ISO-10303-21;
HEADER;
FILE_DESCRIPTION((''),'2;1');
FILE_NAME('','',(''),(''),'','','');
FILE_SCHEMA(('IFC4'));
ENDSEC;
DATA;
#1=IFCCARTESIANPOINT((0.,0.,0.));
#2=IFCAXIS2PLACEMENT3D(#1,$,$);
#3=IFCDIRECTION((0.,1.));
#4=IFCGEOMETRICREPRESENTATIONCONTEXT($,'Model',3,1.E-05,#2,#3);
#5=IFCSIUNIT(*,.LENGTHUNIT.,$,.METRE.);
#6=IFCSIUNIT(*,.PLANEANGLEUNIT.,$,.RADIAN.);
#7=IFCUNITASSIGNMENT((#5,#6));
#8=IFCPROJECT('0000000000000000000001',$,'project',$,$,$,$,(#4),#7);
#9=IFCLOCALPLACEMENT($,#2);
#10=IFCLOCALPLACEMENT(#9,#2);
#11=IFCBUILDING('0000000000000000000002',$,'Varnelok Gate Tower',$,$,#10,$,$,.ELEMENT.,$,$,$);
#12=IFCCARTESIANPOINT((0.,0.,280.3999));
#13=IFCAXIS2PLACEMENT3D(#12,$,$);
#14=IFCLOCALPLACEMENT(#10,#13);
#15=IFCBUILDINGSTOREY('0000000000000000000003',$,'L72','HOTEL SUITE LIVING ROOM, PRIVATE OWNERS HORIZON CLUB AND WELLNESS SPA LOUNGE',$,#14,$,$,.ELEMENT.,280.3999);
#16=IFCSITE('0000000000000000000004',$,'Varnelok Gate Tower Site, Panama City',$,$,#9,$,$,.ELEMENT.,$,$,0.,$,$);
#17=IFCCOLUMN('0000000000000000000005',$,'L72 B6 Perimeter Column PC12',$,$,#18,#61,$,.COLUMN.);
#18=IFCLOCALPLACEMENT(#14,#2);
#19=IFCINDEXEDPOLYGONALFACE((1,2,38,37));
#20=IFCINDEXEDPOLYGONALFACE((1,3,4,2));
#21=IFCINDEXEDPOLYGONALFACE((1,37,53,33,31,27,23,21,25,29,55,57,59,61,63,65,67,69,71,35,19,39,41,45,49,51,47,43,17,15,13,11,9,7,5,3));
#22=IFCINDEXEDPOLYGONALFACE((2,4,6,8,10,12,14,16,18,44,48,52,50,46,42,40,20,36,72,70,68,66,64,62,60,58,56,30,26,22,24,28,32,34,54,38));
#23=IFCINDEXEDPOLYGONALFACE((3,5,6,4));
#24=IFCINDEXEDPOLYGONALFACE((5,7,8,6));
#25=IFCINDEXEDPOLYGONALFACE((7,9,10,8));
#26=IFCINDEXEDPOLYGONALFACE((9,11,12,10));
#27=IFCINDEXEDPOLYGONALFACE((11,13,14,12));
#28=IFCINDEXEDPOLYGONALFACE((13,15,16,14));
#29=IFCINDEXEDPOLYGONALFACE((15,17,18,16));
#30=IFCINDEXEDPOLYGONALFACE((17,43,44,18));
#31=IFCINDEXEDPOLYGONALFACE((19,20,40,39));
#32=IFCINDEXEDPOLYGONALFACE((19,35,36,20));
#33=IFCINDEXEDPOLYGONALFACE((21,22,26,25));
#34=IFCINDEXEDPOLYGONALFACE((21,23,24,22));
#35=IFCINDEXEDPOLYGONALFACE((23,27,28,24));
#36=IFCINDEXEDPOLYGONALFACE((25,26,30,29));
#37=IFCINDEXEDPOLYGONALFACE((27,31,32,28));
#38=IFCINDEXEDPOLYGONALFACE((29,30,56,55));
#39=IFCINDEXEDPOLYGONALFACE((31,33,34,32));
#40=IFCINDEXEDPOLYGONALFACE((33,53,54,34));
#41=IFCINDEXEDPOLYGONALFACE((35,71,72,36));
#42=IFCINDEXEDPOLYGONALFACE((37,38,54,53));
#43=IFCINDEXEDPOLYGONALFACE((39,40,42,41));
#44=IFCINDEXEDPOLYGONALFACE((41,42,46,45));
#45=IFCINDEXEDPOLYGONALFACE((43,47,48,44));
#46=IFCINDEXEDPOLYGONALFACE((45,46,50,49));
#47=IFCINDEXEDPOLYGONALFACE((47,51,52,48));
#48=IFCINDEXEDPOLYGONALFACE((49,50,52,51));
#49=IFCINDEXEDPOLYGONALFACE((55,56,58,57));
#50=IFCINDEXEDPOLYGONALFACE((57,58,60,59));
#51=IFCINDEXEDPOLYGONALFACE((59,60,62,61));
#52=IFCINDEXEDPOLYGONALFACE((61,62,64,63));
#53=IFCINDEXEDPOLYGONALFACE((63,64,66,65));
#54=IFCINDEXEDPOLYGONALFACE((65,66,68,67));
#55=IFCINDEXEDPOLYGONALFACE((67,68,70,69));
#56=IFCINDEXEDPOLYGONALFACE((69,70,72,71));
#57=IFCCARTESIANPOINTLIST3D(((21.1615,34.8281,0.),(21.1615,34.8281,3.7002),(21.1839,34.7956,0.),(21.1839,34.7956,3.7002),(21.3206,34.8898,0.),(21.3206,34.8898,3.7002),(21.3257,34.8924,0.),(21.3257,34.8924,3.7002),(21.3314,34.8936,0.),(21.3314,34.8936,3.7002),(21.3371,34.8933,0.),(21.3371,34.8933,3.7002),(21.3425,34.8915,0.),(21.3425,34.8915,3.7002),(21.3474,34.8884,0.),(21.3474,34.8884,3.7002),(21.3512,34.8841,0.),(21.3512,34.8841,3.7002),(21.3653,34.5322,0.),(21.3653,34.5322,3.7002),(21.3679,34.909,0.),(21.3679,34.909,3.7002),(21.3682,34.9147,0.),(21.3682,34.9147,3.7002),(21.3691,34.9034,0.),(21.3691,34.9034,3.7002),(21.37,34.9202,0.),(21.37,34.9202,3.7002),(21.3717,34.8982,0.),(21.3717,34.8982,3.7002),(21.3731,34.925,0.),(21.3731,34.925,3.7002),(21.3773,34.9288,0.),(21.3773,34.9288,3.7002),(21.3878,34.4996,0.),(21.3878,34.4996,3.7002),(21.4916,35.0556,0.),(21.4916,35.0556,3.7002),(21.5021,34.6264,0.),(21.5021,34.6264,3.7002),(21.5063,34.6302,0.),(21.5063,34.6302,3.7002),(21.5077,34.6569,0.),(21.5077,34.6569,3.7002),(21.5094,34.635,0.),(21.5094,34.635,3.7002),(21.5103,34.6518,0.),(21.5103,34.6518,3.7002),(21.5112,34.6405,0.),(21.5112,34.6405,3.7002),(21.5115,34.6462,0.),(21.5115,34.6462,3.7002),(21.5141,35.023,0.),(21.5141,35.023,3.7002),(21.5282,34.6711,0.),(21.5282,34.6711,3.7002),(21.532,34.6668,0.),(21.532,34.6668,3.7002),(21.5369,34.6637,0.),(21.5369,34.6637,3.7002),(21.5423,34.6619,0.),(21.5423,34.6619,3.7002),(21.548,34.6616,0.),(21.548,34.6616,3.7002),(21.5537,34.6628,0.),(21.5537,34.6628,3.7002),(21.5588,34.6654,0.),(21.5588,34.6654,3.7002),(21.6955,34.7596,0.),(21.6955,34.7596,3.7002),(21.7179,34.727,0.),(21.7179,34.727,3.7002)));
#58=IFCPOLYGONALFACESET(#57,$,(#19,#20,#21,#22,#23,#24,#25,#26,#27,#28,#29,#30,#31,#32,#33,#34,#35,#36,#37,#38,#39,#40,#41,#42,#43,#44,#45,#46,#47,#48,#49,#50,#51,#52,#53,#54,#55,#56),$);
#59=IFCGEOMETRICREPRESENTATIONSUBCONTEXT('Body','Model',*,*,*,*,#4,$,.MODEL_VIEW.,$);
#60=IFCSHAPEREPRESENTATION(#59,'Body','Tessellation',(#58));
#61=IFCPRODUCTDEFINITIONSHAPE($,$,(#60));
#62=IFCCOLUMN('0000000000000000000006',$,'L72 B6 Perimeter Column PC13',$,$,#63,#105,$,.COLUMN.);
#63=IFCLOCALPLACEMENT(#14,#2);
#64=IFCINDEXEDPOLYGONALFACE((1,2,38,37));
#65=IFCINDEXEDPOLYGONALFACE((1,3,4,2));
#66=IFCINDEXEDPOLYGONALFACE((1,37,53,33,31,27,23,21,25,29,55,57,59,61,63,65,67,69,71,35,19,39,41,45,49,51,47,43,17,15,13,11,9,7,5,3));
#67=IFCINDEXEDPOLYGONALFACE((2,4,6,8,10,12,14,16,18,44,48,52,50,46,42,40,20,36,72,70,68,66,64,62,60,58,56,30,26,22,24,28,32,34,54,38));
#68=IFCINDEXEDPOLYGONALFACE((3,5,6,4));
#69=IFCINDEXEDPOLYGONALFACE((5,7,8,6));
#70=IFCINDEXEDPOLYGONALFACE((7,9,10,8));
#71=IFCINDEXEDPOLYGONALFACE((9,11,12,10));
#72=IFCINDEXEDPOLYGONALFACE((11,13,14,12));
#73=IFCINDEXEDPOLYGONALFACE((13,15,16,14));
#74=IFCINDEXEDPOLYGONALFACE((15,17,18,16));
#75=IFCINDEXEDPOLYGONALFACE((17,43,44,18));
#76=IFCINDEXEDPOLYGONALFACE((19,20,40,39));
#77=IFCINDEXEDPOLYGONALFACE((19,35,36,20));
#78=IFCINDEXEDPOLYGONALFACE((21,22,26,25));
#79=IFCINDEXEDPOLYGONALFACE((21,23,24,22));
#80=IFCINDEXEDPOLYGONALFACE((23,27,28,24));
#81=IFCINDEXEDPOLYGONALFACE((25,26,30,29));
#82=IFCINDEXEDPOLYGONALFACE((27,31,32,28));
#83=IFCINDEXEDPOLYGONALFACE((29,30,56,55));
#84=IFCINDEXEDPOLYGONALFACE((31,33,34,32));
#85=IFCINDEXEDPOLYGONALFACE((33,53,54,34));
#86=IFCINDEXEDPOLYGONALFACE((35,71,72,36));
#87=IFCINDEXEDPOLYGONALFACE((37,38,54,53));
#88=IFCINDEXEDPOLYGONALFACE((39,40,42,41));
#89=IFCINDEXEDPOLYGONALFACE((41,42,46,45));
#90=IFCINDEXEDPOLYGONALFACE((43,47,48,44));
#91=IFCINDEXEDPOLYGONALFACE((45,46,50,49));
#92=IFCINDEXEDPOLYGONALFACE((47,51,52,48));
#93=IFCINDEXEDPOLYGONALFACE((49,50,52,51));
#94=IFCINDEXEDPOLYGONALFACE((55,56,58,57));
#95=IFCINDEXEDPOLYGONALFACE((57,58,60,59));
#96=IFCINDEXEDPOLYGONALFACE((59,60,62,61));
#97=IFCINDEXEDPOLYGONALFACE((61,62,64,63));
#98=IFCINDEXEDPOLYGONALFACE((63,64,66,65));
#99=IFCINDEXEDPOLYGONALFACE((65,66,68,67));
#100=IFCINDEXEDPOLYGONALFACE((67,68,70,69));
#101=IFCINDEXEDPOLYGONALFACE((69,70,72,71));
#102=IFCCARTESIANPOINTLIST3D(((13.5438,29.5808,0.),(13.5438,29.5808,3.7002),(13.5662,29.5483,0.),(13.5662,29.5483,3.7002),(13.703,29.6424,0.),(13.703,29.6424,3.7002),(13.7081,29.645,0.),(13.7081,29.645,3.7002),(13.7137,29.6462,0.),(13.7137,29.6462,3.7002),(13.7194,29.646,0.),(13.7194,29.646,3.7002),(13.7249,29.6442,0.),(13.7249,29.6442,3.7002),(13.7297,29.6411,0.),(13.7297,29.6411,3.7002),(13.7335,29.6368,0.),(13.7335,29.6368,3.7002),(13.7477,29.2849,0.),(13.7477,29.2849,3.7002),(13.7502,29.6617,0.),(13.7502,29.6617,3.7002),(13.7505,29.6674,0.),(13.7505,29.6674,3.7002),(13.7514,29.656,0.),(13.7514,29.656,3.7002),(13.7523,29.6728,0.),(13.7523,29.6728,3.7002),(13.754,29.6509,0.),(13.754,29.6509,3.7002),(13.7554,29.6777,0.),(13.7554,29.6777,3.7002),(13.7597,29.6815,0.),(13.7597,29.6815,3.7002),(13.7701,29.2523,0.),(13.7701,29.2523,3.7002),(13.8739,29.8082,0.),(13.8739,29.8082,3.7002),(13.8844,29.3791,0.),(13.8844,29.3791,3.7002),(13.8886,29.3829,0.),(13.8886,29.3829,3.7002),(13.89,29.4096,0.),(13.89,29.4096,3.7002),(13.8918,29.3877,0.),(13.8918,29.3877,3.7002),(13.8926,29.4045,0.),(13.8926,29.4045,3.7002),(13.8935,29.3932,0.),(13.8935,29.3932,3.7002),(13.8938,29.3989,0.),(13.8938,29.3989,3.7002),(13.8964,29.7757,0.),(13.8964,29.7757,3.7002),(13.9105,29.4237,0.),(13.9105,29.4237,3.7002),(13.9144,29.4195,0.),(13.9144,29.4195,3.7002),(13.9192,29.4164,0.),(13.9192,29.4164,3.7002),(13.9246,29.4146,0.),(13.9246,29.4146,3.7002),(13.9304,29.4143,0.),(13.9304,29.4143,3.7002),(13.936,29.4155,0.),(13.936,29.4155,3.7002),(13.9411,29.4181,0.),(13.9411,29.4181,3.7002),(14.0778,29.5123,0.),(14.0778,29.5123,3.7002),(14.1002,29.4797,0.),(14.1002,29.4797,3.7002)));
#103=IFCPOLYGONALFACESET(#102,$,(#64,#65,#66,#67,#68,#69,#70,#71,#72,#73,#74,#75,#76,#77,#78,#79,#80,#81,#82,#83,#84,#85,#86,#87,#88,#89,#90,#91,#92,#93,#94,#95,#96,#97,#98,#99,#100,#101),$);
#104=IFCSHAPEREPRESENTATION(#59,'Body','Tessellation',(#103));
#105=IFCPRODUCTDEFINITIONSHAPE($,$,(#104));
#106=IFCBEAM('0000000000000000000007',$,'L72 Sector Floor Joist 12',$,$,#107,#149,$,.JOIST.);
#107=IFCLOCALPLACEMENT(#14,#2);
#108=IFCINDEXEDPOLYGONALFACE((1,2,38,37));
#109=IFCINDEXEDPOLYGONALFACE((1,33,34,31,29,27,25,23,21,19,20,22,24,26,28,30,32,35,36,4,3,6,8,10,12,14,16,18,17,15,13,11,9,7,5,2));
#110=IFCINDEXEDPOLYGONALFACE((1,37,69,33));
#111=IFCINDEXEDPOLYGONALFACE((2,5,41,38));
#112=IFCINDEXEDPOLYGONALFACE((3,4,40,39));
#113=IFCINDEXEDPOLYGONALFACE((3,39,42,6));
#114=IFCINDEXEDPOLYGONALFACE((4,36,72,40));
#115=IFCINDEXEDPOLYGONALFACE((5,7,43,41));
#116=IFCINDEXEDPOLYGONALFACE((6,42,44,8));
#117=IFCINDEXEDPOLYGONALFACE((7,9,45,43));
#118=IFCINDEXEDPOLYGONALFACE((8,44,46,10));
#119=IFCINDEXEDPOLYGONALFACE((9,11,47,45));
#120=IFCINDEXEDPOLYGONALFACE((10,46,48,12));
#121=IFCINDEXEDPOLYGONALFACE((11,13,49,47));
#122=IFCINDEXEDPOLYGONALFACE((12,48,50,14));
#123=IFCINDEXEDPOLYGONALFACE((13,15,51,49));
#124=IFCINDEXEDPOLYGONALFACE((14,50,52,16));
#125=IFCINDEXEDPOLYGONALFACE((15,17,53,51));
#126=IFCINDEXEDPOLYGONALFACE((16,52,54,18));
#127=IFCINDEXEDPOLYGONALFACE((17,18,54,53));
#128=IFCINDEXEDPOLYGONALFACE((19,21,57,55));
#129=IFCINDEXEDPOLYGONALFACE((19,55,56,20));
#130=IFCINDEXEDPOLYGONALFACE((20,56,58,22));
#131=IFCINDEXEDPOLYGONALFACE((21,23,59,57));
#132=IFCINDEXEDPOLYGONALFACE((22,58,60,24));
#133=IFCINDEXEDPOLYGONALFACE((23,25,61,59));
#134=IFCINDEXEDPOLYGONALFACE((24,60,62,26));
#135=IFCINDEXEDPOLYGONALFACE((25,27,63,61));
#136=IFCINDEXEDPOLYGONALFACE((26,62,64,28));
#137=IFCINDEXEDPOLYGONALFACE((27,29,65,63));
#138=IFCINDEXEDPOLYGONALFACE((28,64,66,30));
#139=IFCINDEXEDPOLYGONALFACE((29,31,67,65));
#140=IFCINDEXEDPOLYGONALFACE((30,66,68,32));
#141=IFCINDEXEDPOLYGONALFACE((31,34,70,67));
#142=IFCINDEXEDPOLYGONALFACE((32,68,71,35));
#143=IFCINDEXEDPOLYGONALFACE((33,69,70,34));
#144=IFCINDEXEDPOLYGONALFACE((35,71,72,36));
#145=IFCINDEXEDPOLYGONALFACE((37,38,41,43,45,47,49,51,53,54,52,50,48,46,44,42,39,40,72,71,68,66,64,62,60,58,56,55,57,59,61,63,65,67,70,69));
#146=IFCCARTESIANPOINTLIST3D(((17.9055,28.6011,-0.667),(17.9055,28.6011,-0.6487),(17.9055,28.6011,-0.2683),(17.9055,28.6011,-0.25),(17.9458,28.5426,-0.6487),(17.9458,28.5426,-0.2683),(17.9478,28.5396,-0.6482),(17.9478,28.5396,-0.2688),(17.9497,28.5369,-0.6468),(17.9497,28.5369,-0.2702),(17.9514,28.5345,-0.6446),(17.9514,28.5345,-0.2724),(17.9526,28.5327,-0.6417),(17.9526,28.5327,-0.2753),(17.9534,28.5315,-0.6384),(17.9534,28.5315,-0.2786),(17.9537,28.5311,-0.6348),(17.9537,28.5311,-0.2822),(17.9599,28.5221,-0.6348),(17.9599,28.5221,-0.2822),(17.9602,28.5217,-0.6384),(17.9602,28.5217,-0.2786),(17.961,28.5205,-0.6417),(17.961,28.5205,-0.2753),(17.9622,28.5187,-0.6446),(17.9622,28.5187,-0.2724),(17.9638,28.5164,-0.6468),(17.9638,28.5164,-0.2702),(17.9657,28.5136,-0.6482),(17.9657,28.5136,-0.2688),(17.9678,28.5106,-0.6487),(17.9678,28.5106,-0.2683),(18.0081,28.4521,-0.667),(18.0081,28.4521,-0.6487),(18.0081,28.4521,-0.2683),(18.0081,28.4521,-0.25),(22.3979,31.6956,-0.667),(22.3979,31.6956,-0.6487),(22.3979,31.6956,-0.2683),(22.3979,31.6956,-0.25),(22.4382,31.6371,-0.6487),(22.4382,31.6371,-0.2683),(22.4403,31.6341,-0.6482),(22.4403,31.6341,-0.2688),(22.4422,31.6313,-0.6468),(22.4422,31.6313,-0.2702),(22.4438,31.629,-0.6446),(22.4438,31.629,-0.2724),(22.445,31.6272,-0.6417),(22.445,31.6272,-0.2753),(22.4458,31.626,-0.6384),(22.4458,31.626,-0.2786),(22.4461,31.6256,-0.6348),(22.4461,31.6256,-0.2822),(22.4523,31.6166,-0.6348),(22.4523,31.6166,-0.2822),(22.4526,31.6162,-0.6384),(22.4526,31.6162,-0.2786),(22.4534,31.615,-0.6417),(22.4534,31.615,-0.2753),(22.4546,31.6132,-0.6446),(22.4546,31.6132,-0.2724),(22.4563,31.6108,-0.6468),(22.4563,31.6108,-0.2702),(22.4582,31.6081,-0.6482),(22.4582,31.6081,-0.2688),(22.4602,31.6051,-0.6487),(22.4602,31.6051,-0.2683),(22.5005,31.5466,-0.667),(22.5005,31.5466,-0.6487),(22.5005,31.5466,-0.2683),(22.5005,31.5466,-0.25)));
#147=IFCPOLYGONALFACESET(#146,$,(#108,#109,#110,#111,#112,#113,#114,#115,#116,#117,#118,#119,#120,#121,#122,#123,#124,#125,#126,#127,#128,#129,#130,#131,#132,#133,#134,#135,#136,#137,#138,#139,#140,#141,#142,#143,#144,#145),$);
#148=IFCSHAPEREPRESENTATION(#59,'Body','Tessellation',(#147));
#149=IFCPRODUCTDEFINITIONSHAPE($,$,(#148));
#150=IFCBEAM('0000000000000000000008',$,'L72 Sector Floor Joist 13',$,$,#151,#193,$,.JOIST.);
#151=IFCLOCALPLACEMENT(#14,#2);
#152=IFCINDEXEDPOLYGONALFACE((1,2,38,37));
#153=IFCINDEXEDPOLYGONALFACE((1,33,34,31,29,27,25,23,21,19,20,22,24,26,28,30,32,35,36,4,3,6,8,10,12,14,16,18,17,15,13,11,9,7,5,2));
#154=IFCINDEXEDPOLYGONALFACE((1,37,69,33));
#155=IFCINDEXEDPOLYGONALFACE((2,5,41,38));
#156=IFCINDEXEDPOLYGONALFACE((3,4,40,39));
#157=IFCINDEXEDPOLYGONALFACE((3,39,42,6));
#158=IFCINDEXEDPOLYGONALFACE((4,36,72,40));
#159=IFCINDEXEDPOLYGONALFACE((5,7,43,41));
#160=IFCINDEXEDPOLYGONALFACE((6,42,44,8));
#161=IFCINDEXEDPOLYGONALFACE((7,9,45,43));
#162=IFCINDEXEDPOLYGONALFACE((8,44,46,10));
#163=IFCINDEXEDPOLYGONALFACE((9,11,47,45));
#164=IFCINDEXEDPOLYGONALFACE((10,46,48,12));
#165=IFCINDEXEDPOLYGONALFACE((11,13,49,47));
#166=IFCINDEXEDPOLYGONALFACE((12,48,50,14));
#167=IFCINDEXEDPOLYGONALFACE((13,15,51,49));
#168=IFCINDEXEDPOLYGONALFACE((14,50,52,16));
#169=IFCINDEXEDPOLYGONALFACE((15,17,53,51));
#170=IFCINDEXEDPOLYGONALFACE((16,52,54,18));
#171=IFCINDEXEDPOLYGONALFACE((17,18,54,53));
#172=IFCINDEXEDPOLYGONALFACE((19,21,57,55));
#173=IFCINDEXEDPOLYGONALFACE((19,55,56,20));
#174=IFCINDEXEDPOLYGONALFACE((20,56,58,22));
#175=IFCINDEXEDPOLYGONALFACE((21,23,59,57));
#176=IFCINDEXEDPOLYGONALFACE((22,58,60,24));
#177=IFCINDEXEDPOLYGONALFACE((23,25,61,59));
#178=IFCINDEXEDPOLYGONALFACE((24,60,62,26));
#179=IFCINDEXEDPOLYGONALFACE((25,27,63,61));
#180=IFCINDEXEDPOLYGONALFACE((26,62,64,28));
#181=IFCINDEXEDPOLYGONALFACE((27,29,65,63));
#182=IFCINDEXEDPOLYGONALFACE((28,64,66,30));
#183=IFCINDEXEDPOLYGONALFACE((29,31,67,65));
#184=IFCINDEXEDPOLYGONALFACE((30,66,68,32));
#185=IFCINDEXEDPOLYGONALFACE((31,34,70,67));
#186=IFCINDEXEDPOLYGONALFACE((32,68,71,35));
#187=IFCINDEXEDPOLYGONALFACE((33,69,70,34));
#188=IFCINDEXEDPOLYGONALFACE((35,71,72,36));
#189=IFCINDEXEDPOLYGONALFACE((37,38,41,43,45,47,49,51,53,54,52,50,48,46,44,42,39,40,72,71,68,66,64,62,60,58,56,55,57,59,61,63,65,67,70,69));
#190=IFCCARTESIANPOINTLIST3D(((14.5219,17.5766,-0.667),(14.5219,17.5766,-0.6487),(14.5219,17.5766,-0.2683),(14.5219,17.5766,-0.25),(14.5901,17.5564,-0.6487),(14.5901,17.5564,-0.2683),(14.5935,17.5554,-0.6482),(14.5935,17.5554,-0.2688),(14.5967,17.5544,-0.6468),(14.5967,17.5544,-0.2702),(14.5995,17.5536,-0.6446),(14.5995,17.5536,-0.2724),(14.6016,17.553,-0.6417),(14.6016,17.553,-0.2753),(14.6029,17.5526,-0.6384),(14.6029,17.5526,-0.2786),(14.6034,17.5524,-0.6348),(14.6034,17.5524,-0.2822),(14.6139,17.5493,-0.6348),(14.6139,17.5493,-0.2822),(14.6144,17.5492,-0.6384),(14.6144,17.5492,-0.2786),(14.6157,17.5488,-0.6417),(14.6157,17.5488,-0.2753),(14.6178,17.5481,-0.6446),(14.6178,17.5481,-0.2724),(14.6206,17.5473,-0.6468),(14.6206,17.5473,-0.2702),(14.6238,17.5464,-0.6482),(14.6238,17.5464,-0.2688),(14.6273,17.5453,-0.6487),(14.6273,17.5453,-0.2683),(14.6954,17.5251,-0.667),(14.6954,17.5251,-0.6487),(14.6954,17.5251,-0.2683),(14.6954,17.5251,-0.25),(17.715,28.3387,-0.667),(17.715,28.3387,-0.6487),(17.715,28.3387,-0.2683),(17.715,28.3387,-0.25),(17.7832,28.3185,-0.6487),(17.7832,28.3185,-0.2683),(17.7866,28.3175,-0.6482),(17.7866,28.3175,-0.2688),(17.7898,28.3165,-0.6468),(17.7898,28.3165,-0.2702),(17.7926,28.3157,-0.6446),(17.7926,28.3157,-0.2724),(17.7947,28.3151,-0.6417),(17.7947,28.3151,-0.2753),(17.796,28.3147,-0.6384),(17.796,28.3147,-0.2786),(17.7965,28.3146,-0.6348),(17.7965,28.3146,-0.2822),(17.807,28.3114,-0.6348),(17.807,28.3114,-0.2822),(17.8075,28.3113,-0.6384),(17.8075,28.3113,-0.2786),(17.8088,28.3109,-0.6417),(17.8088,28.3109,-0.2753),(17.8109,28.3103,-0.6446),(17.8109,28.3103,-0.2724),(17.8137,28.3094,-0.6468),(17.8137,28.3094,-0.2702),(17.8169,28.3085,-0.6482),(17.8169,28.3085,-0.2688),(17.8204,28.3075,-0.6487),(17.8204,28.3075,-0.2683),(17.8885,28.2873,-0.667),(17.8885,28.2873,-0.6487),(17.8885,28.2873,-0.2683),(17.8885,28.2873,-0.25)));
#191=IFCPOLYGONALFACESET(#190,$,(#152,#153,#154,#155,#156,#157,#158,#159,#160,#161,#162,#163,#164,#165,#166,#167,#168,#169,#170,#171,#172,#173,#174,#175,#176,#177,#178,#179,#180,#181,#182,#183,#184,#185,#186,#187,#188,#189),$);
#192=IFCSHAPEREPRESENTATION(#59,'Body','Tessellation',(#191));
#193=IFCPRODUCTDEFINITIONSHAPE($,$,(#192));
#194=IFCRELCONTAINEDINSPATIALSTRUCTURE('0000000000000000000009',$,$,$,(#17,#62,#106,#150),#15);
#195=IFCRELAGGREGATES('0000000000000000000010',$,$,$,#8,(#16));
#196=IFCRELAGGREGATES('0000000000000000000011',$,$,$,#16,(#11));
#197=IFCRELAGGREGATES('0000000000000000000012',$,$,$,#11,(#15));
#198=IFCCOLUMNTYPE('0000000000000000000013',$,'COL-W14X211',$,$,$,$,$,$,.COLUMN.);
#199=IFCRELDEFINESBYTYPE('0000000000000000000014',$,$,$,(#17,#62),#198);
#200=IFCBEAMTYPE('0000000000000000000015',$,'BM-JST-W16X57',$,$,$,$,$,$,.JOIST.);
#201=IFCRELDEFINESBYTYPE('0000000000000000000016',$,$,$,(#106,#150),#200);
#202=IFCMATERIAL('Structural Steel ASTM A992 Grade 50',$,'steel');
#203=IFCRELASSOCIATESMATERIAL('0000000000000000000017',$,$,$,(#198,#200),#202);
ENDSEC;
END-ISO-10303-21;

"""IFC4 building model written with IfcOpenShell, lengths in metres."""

from ifc_helpers import new_model, si_unit, direction, frame, origin, origin_2d, place, context, subcontext, project, spatial, i_section, extrude, material, material_profile, profile_set, type_object, element, save


model = new_model("IFC4")

# Units and contexts
model_context = context("Model", 3, precision=1e-05, world=origin(), true_north=direction((0.0, 1.0)))
body_context = subcontext(model_context, "Body", "Model", "MODEL_VIEW")
ifc_project = project(units=[si_unit("LENGTHUNIT", "METRE"), si_unit("PLANEANGLEUNIT", "RADIAN")], contexts=[model_context])

# Site, building, storey
site_placement = place(None, origin())
site = spatial("IfcSite", under=ifc_project, at=site_placement, Name="Varnelok Gate Tower Site, Panama City", CompositionType="ELEMENT", RefElevation=0.0)
building_placement = place(site_placement, origin())
building = spatial("IfcBuilding", under=site, at=building_placement, Name="Varnelok Gate Tower", CompositionType="ELEMENT")
storey_placement = place(building_placement, frame((0.0, 0.0, 280.3999)))
storey = spatial("IfcBuildingStorey", under=building, at=storey_placement, Name="L72", Description="HOTEL SUITE LIVING ROOM, PRIVATE OWNERS HORIZON CLUB AND WELLNESS SPA LOUNGE", CompositionType="ELEMENT", Elevation=280.3999)

# Columns
ifc_material_1 = material(Name="Structural Steel ASTM A992 Grade 50", Category="steel")
ifc_material_profile_1 = material_profile(ifc_material_1, i_section(OverallWidth=0.4009, OverallDepth=0.3989, WebThickness=0.0249, FlangeThickness=0.0396, FilletRadius=0.022, at=origin_2d()), Name="W14X211")
ifc_profile_set_1 = profile_set([ifc_material_profile_1], Name="Structural Steel ASTM A992 Grade 50")
column_type = type_object("IfcColumnType", Name="COL-W14X211", PredefinedType="COLUMN", material=ifc_profile_set_1)
for number, where, z_axis, x_axis, name in (
    (1, (21.4397, 34.7776, 0.0), (0.0, 0.0, 1.0), (0.823533, 0.567269, 0.0), "L72 B6 Perimeter Column PC12"),
    (2, (13.822, 29.5303, 0.0), (0.0, 0.0, 1.0), (0.823533, 0.567269, 0.0), "L72 B6 Perimeter Column PC13"),
):
    element("IfcColumn", number, at=place(storey_placement, frame(where, z_axis=z_axis, x_axis=x_axis)), inside=storey, type_object=column_type, Name=name, PredefinedType="COLUMN", context=body_context, shape_type="SweptSolid", body=[
        extrude(i_section(OverallWidth=0.4009, OverallDepth=0.3989, WebThickness=0.0249, FlangeThickness=0.0396, FilletRadius=0.022, at=origin_2d()), origin(), (0.0, 0.0, 1.0), 3.7002),
    ])

# Beams
ifc_material_profile_2 = material_profile(ifc_material_1, i_section(OverallWidth=0.1809, OverallDepth=0.417, WebThickness=0.011, FlangeThickness=0.0183, FilletRadius=0.0139, at=origin_2d()), Name="W16X57")
ifc_profile_set_2 = profile_set([ifc_material_profile_2], Name="Structural Steel ASTM A992 Grade 50")
beam_type_1 = type_object("IfcBeamType", Name="BM-JST-W16X57", PredefinedType="JOIST", material=ifc_profile_set_2)
beam_1_placement = place(storey_placement, frame((22.4492, 31.6211, -0.4585), z_axis=(-0.823534, -0.567267, 0.0), x_axis=(0.567267, -0.823534, 0.0)))
element("IfcBeam", 3, at=beam_1_placement, inside=storey, type_object=beam_type_1, Name="L72 Sector Floor Joist 12", PredefinedType="JOIST", context=body_context, shape_type="SweptSolid", body=[
    extrude(i_section(OverallWidth=0.1809, OverallDepth=0.417, WebThickness=0.011, FlangeThickness=0.0183, FilletRadius=0.0139, at=origin_2d()), origin(), (0.0, 0.0, 1.0), 5.4551),
])
beam_2_placement = place(storey_placement, frame((17.8018, 28.313, -0.4585), z_axis=(-0.284442, -0.958693, 0.0), x_axis=(0.958693, -0.284442, 0.0)))
element("IfcBeam", 4, at=beam_2_placement, inside=storey, type_object=beam_type_1, Name="L72 Sector Floor Joist 13", PredefinedType="JOIST", context=body_context, shape_type="SweptSolid", body=[
    extrude(i_section(OverallWidth=0.1809, OverallDepth=0.417, WebThickness=0.011, FlangeThickness=0.0183, FilletRadius=0.0139, at=origin_2d()), origin(), (0.0, 0.0, 1.0), 11.2258),
])

save(model, "model.ifc")
